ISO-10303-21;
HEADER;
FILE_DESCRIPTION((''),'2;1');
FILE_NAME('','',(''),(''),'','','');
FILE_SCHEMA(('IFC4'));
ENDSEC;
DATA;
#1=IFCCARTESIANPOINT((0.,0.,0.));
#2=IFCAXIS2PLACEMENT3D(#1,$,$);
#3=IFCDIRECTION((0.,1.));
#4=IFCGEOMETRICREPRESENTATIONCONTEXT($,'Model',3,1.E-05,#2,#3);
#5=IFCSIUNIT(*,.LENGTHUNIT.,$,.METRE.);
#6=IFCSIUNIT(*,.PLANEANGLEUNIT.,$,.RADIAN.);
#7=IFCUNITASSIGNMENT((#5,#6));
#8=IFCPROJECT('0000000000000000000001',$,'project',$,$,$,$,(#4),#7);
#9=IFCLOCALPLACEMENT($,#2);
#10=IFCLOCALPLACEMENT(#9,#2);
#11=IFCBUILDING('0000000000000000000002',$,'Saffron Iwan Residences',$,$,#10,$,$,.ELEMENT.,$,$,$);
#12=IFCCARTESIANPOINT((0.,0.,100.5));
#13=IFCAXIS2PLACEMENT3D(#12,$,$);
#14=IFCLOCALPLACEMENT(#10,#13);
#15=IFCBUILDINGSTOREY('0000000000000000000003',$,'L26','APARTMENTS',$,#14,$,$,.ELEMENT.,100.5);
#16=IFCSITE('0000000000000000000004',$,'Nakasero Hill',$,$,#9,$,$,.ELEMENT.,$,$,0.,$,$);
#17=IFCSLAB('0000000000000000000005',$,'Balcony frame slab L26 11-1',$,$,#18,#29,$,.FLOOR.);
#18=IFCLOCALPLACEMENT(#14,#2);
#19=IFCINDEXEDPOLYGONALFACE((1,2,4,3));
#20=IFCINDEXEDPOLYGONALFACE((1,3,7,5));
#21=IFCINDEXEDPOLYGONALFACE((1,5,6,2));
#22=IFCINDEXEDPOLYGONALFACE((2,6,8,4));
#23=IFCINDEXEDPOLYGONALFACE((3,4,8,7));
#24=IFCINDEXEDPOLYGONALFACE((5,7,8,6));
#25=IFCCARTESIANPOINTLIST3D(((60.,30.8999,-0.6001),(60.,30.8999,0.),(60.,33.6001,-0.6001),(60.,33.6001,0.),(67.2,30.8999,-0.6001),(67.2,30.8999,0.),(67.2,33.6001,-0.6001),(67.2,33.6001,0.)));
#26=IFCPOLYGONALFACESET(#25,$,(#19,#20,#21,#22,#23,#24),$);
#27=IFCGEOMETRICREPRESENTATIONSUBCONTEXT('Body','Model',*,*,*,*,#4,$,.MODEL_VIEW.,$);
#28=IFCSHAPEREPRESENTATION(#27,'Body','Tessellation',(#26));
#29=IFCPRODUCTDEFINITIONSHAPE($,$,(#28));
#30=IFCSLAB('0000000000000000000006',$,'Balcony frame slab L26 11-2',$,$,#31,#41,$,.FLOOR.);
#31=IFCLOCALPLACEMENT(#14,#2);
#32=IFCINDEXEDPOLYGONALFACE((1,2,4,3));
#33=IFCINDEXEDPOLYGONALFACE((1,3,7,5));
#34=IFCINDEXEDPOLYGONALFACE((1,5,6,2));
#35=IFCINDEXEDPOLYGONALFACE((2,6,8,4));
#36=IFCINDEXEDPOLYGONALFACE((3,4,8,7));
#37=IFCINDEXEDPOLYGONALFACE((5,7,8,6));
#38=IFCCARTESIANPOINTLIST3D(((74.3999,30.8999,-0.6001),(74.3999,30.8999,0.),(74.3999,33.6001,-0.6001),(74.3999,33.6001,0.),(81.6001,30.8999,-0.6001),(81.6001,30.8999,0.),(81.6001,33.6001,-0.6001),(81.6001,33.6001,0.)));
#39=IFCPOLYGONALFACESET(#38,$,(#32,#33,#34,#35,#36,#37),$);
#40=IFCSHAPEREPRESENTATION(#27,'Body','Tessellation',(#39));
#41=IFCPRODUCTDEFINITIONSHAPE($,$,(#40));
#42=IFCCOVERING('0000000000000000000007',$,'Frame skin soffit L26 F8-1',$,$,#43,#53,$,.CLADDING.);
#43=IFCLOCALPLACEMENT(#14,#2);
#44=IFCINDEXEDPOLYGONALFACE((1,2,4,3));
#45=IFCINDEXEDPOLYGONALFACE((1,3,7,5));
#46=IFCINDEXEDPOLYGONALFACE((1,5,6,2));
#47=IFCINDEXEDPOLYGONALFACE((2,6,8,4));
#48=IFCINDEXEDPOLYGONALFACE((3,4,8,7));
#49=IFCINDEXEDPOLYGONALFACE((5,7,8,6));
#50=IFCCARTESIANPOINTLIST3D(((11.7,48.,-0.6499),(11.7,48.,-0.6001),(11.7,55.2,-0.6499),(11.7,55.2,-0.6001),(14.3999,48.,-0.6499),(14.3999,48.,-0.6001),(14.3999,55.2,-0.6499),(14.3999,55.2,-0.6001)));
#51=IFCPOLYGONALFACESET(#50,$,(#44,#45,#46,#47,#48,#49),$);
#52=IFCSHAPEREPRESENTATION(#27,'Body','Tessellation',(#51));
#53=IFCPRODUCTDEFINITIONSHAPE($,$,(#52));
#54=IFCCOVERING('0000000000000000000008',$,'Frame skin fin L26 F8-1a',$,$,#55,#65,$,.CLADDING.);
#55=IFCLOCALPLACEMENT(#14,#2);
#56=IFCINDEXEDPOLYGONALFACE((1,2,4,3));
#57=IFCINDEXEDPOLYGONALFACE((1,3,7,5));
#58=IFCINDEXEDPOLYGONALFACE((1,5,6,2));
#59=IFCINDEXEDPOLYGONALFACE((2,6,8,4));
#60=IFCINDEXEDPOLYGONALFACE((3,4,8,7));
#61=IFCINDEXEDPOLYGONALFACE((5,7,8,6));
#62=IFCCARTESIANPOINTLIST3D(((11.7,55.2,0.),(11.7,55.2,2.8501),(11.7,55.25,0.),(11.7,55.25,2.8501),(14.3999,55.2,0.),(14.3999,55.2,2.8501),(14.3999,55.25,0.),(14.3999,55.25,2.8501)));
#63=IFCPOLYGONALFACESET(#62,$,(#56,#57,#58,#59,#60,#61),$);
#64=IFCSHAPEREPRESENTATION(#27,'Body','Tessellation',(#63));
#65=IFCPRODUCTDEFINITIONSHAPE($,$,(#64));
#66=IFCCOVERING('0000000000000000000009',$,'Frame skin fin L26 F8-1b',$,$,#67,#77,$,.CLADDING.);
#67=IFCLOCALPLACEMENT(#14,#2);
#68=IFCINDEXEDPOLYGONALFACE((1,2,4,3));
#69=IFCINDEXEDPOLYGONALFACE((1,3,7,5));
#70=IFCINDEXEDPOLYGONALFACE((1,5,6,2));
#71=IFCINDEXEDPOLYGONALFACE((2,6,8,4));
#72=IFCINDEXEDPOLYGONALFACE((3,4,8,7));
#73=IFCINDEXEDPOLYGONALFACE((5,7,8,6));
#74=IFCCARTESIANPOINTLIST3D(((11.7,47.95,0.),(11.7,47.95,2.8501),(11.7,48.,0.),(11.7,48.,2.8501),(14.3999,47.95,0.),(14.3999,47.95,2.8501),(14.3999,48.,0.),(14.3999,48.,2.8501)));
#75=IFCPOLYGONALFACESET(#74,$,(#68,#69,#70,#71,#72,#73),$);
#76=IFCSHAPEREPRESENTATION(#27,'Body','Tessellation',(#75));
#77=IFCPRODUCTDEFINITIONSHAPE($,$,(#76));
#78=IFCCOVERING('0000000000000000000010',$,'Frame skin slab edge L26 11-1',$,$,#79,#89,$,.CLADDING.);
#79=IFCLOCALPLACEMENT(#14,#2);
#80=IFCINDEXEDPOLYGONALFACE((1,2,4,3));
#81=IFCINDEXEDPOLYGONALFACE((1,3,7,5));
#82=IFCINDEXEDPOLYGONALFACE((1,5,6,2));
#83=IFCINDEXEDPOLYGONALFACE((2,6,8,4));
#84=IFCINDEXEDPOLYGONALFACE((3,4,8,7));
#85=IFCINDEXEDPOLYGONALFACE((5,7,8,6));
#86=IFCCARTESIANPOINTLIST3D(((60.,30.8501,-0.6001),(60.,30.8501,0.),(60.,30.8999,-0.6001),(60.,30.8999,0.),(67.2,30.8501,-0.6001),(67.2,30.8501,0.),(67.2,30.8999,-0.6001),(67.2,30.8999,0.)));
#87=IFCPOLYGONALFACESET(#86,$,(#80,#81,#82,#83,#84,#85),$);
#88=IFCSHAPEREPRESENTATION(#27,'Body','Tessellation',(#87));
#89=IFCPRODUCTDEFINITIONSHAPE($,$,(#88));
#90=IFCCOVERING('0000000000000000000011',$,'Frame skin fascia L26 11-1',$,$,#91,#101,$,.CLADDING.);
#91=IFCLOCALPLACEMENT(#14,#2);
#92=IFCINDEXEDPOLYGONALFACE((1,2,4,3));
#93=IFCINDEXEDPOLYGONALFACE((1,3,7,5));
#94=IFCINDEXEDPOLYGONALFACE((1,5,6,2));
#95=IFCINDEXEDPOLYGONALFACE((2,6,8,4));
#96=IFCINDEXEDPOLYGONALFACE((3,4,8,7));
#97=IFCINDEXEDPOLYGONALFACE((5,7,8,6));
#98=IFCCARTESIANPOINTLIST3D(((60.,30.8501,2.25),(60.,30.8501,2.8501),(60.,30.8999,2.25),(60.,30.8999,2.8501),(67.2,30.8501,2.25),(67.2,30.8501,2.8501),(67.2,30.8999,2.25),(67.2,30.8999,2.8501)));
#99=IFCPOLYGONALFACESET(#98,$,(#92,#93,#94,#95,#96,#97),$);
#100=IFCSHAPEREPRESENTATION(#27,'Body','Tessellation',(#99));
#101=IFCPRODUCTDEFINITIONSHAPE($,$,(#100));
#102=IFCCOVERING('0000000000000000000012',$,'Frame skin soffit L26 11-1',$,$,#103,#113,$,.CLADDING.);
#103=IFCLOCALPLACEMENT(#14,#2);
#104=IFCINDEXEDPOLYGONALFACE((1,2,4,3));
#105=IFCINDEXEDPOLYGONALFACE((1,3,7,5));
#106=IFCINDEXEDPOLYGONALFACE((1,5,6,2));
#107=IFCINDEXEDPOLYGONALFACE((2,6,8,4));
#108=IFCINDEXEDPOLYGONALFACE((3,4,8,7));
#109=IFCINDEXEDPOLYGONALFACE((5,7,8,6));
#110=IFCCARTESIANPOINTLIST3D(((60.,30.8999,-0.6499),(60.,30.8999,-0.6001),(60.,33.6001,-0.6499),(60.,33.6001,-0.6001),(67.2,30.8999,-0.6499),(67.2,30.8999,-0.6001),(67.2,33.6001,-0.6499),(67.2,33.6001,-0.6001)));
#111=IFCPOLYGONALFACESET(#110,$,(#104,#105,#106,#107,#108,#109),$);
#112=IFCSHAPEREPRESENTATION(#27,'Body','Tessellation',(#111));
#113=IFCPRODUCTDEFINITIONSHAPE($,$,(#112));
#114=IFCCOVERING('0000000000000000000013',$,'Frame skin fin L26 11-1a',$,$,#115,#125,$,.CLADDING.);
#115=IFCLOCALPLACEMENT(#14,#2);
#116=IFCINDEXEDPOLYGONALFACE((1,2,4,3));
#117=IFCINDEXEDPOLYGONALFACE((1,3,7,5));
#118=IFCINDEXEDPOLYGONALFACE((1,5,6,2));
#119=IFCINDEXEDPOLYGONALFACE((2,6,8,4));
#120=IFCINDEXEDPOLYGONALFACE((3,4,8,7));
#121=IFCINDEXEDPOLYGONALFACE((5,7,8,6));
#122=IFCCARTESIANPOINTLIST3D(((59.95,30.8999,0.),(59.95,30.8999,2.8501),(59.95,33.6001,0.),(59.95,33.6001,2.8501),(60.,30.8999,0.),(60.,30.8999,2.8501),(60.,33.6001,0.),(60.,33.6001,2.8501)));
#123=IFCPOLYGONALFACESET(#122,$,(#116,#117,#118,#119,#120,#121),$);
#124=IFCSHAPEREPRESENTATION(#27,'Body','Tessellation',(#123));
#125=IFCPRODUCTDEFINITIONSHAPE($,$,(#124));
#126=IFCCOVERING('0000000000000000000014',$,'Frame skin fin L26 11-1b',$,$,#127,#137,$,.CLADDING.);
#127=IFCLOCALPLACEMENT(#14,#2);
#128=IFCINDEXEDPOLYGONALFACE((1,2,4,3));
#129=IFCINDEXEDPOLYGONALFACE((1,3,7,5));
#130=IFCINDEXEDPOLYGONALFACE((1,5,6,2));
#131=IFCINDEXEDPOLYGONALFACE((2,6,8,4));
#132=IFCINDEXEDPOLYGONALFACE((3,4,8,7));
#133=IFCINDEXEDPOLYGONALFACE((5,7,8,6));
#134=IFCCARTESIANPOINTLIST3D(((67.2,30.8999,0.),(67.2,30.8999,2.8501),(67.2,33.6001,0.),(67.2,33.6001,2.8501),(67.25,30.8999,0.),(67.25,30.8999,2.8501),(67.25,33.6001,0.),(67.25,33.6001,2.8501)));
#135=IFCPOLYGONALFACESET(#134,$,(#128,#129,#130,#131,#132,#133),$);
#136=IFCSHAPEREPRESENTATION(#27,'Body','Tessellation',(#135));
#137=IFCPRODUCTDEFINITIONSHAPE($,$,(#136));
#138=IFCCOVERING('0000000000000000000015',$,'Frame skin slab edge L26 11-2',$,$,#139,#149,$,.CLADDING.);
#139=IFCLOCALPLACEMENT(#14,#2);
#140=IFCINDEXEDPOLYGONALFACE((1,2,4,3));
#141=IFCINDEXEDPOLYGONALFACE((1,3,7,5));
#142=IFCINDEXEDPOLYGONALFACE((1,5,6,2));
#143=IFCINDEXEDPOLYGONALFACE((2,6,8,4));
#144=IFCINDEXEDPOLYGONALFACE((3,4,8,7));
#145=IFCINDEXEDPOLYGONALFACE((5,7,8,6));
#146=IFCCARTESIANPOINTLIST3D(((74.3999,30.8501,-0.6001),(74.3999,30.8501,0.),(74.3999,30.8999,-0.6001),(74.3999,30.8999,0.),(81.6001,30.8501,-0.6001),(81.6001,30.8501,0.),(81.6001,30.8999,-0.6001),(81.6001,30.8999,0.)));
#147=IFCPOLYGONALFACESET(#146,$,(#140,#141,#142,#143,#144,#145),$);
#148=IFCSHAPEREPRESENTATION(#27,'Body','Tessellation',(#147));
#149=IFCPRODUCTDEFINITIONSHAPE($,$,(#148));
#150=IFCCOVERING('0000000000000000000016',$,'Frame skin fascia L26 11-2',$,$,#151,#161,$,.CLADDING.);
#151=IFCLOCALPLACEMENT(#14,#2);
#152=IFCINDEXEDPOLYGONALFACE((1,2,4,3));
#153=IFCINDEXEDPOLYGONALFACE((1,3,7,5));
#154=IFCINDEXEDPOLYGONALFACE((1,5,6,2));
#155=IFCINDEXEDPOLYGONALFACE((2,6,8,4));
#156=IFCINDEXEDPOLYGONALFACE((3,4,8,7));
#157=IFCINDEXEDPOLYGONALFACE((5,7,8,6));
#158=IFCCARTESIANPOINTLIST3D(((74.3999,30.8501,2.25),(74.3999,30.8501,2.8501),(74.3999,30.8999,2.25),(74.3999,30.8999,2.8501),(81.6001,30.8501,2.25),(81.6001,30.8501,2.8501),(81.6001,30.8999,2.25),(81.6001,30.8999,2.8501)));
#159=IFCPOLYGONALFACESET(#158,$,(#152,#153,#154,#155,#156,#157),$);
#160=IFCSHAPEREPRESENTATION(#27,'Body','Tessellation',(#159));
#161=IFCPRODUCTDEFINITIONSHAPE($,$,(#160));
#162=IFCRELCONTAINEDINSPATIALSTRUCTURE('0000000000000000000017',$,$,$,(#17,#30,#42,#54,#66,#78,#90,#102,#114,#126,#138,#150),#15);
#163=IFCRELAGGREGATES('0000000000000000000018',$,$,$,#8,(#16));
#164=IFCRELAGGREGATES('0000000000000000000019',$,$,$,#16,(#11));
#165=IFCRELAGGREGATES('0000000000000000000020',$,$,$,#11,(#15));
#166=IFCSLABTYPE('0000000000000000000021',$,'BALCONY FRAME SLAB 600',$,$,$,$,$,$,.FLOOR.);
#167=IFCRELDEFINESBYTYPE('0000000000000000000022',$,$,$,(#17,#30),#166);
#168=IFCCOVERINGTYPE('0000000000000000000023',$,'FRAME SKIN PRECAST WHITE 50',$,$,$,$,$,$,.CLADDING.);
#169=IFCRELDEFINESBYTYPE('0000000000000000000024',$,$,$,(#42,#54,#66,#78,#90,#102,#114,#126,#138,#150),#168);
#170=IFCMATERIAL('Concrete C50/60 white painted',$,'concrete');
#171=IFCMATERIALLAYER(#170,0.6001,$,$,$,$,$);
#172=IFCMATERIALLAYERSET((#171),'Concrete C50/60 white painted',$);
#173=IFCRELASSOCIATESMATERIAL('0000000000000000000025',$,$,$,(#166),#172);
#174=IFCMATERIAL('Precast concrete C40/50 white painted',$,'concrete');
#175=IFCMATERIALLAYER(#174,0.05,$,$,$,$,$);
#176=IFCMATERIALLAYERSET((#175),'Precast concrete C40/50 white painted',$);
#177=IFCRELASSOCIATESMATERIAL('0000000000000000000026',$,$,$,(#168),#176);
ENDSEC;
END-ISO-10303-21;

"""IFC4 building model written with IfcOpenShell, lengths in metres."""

from ifc_helpers import new_model, si_unit, direction, frame, origin, place, context, subcontext, project, spatial, polyline, outline, extrude, material, layer, layer_set, type_object, element, save


model = new_model("IFC4")

# Units and contexts
model_context = context("Model", 3, precision=1e-05, world=origin(), true_north=direction((0.0, 1.0)))
body_context = subcontext(model_context, "Body", "Model", "MODEL_VIEW")
ifc_project = project(units=[si_unit("LENGTHUNIT", "METRE"), si_unit("PLANEANGLEUNIT", "RADIAN")], contexts=[model_context])

# Site, building, storey
site_placement = place(None, origin())
site = spatial("IfcSite", under=ifc_project, at=site_placement, Name="Nakasero Hill", CompositionType="ELEMENT", RefElevation=0.0)
building_placement = place(site_placement, origin())
building = spatial("IfcBuilding", under=site, at=building_placement, Name="Saffron Iwan Residences", CompositionType="ELEMENT")
storey_placement = place(building_placement, frame((0.0, 0.0, 100.5)))
storey = spatial("IfcBuildingStorey", under=building, at=storey_placement, Name="L26", Description="APARTMENTS", CompositionType="ELEMENT", Elevation=100.5)

# Slabs
ifc_material_1 = material(Name="Concrete C50/60 white painted", Category="concrete")
ifc_layer_1 = layer(ifc_material_1, 0.6001)
ifc_layer_set_1 = layer_set([ifc_layer_1], Name="Concrete C50/60 white painted")
slab_type = type_object("IfcSlabType", Name="BALCONY FRAME SLAB 600", PredefinedType="FLOOR", material=ifc_layer_set_1)
slab_1_placement = place(storey_placement, frame((0.0, 0.0, -0.6001)))
element("IfcSlab", 1, at=slab_1_placement, inside=storey, type_object=slab_type, Name="Balcony frame slab L26 11-1", PredefinedType="FLOOR", context=body_context, shape_type="SweptSolid", body=[
    extrude(outline(polyline([(60.0, 30.8999), (67.2, 30.8999), (67.2, 33.6001), (60.0, 33.6001), (60.0, 30.8999)])), origin(), (0.0, 0.0, 1.0), 0.6001),
])
slab_2_placement = place(storey_placement, frame((0.0, 0.0, -0.6001)))
element("IfcSlab", 2, at=slab_2_placement, inside=storey, type_object=slab_type, Name="Balcony frame slab L26 11-2", PredefinedType="FLOOR", context=body_context, shape_type="SweptSolid", body=[
    extrude(outline(polyline([(74.3999, 30.8999), (81.6001, 30.8999), (81.6001, 33.6001), (74.3999, 33.6001), (74.3999, 30.8999)])), origin(), (0.0, 0.0, 1.0), 0.6001),
])

# Coverings
ifc_material_2 = material(Name="Precast concrete C40/50 white painted", Category="concrete")
ifc_layer_2 = layer(ifc_material_2, 0.05)
ifc_layer_set_2 = layer_set([ifc_layer_2], Name="Precast concrete C40/50 white painted")
covering_type = type_object("IfcCoveringType", Name="FRAME SKIN PRECAST WHITE 50", PredefinedType="CLADDING", material=ifc_layer_set_2)
covering_1_placement = place(storey_placement, frame((0.0, 0.0, -0.6499)))
element("IfcCovering", 3, at=covering_1_placement, inside=storey, type_object=covering_type, Name="Frame skin soffit L26 F8-1", PredefinedType="CLADDING", context=body_context, shape_type="SweptSolid", body=[
    extrude(outline(polyline([(11.7, 55.2), (11.7, 48.0), (14.3999, 48.0), (14.3999, 55.2), (11.7, 55.2)])), origin(), (0.0, 0.0, 1.0), 0.0498),
])
covering_2_placement = place(storey_placement, origin())
element("IfcCovering", 4, at=covering_2_placement, inside=storey, type_object=covering_type, Name="Frame skin fin L26 F8-1a", PredefinedType="CLADDING", context=body_context, shape_type="SweptSolid", body=[
    extrude(outline(polyline([(11.7, 55.25), (11.7, 55.2), (14.3999, 55.2), (14.3999, 55.25), (11.7, 55.25)])), origin(), (0.0, 0.0, 1.0), 2.8501),
])
covering_3_placement = place(storey_placement, origin())
element("IfcCovering", 5, at=covering_3_placement, inside=storey, type_object=covering_type, Name="Frame skin fin L26 F8-1b", PredefinedType="CLADDING", context=body_context, shape_type="SweptSolid", body=[
    extrude(outline(polyline([(11.7, 48.0), (11.7, 47.95), (14.3999, 47.95), (14.3999, 48.0), (11.7, 48.0)])), origin(), (0.0, 0.0, 1.0), 2.8501),
])
for number, where, name in (
    (6, (0.0, 0.0, -0.6001), "Frame skin slab edge L26 11-1"),
    (7, (0.0, 0.0, 2.25), "Frame skin fascia L26 11-1"),
):
    element("IfcCovering", number, at=place(storey_placement, frame(where)), inside=storey, type_object=covering_type, Name=name, PredefinedType="CLADDING", context=body_context, shape_type="SweptSolid", body=[
        extrude(outline(polyline([(60.0, 30.8501), (67.2, 30.8501), (67.2, 30.8999), (60.0, 30.8999), (60.0, 30.8501)])), origin(), (0.0, 0.0, 1.0), 0.6001),
    ])
covering_4_placement = place(storey_placement, frame((0.0, 0.0, -0.6499)))
element("IfcCovering", 8, at=covering_4_placement, inside=storey, type_object=covering_type, Name="Frame skin soffit L26 11-1", PredefinedType="CLADDING", context=body_context, shape_type="SweptSolid", body=[
    extrude(outline(polyline([(60.0, 30.8999), (67.2, 30.8999), (67.2, 33.6001), (60.0, 33.6001), (60.0, 30.8999)])), origin(), (0.0, 0.0, 1.0), 0.0498),
])
covering_5_placement = place(storey_placement, origin())
element("IfcCovering", 9, at=covering_5_placement, inside=storey, type_object=covering_type, Name="Frame skin fin L26 11-1a", PredefinedType="CLADDING", context=body_context, shape_type="SweptSolid", body=[
    extrude(outline(polyline([(59.95, 30.8999), (60.0, 30.8999), (60.0, 33.6001), (59.95, 33.6001), (59.95, 30.8999)])), origin(), (0.0, 0.0, 1.0), 2.8501),
])
covering_6_placement = place(storey_placement, origin())
element("IfcCovering", 10, at=covering_6_placement, inside=storey, type_object=covering_type, Name="Frame skin fin L26 11-1b", PredefinedType="CLADDING", context=body_context, shape_type="SweptSolid", body=[
    extrude(outline(polyline([(67.2, 30.8999), (67.25, 30.8999), (67.25, 33.6001), (67.2, 33.6001), (67.2, 30.8999)])), origin(), (0.0, 0.0, 1.0), 2.8501),
])
for number, where, name in (
    (11, (0.0, 0.0, -0.6001), "Frame skin slab edge L26 11-2"),
    (12, (0.0, 0.0, 2.25), "Frame skin fascia L26 11-2"),
):
    element("IfcCovering", number, at=place(storey_placement, frame(where)), inside=storey, type_object=covering_type, Name=name, PredefinedType="CLADDING", context=body_context, shape_type="SweptSolid", body=[
        extrude(outline(polyline([(74.3999, 30.8501), (81.6001, 30.8501), (81.6001, 30.8999), (74.3999, 30.8999), (74.3999, 30.8501)])), origin(), (0.0, 0.0, 1.0), 0.6001),
    ])

save(model, "model.ifc")
